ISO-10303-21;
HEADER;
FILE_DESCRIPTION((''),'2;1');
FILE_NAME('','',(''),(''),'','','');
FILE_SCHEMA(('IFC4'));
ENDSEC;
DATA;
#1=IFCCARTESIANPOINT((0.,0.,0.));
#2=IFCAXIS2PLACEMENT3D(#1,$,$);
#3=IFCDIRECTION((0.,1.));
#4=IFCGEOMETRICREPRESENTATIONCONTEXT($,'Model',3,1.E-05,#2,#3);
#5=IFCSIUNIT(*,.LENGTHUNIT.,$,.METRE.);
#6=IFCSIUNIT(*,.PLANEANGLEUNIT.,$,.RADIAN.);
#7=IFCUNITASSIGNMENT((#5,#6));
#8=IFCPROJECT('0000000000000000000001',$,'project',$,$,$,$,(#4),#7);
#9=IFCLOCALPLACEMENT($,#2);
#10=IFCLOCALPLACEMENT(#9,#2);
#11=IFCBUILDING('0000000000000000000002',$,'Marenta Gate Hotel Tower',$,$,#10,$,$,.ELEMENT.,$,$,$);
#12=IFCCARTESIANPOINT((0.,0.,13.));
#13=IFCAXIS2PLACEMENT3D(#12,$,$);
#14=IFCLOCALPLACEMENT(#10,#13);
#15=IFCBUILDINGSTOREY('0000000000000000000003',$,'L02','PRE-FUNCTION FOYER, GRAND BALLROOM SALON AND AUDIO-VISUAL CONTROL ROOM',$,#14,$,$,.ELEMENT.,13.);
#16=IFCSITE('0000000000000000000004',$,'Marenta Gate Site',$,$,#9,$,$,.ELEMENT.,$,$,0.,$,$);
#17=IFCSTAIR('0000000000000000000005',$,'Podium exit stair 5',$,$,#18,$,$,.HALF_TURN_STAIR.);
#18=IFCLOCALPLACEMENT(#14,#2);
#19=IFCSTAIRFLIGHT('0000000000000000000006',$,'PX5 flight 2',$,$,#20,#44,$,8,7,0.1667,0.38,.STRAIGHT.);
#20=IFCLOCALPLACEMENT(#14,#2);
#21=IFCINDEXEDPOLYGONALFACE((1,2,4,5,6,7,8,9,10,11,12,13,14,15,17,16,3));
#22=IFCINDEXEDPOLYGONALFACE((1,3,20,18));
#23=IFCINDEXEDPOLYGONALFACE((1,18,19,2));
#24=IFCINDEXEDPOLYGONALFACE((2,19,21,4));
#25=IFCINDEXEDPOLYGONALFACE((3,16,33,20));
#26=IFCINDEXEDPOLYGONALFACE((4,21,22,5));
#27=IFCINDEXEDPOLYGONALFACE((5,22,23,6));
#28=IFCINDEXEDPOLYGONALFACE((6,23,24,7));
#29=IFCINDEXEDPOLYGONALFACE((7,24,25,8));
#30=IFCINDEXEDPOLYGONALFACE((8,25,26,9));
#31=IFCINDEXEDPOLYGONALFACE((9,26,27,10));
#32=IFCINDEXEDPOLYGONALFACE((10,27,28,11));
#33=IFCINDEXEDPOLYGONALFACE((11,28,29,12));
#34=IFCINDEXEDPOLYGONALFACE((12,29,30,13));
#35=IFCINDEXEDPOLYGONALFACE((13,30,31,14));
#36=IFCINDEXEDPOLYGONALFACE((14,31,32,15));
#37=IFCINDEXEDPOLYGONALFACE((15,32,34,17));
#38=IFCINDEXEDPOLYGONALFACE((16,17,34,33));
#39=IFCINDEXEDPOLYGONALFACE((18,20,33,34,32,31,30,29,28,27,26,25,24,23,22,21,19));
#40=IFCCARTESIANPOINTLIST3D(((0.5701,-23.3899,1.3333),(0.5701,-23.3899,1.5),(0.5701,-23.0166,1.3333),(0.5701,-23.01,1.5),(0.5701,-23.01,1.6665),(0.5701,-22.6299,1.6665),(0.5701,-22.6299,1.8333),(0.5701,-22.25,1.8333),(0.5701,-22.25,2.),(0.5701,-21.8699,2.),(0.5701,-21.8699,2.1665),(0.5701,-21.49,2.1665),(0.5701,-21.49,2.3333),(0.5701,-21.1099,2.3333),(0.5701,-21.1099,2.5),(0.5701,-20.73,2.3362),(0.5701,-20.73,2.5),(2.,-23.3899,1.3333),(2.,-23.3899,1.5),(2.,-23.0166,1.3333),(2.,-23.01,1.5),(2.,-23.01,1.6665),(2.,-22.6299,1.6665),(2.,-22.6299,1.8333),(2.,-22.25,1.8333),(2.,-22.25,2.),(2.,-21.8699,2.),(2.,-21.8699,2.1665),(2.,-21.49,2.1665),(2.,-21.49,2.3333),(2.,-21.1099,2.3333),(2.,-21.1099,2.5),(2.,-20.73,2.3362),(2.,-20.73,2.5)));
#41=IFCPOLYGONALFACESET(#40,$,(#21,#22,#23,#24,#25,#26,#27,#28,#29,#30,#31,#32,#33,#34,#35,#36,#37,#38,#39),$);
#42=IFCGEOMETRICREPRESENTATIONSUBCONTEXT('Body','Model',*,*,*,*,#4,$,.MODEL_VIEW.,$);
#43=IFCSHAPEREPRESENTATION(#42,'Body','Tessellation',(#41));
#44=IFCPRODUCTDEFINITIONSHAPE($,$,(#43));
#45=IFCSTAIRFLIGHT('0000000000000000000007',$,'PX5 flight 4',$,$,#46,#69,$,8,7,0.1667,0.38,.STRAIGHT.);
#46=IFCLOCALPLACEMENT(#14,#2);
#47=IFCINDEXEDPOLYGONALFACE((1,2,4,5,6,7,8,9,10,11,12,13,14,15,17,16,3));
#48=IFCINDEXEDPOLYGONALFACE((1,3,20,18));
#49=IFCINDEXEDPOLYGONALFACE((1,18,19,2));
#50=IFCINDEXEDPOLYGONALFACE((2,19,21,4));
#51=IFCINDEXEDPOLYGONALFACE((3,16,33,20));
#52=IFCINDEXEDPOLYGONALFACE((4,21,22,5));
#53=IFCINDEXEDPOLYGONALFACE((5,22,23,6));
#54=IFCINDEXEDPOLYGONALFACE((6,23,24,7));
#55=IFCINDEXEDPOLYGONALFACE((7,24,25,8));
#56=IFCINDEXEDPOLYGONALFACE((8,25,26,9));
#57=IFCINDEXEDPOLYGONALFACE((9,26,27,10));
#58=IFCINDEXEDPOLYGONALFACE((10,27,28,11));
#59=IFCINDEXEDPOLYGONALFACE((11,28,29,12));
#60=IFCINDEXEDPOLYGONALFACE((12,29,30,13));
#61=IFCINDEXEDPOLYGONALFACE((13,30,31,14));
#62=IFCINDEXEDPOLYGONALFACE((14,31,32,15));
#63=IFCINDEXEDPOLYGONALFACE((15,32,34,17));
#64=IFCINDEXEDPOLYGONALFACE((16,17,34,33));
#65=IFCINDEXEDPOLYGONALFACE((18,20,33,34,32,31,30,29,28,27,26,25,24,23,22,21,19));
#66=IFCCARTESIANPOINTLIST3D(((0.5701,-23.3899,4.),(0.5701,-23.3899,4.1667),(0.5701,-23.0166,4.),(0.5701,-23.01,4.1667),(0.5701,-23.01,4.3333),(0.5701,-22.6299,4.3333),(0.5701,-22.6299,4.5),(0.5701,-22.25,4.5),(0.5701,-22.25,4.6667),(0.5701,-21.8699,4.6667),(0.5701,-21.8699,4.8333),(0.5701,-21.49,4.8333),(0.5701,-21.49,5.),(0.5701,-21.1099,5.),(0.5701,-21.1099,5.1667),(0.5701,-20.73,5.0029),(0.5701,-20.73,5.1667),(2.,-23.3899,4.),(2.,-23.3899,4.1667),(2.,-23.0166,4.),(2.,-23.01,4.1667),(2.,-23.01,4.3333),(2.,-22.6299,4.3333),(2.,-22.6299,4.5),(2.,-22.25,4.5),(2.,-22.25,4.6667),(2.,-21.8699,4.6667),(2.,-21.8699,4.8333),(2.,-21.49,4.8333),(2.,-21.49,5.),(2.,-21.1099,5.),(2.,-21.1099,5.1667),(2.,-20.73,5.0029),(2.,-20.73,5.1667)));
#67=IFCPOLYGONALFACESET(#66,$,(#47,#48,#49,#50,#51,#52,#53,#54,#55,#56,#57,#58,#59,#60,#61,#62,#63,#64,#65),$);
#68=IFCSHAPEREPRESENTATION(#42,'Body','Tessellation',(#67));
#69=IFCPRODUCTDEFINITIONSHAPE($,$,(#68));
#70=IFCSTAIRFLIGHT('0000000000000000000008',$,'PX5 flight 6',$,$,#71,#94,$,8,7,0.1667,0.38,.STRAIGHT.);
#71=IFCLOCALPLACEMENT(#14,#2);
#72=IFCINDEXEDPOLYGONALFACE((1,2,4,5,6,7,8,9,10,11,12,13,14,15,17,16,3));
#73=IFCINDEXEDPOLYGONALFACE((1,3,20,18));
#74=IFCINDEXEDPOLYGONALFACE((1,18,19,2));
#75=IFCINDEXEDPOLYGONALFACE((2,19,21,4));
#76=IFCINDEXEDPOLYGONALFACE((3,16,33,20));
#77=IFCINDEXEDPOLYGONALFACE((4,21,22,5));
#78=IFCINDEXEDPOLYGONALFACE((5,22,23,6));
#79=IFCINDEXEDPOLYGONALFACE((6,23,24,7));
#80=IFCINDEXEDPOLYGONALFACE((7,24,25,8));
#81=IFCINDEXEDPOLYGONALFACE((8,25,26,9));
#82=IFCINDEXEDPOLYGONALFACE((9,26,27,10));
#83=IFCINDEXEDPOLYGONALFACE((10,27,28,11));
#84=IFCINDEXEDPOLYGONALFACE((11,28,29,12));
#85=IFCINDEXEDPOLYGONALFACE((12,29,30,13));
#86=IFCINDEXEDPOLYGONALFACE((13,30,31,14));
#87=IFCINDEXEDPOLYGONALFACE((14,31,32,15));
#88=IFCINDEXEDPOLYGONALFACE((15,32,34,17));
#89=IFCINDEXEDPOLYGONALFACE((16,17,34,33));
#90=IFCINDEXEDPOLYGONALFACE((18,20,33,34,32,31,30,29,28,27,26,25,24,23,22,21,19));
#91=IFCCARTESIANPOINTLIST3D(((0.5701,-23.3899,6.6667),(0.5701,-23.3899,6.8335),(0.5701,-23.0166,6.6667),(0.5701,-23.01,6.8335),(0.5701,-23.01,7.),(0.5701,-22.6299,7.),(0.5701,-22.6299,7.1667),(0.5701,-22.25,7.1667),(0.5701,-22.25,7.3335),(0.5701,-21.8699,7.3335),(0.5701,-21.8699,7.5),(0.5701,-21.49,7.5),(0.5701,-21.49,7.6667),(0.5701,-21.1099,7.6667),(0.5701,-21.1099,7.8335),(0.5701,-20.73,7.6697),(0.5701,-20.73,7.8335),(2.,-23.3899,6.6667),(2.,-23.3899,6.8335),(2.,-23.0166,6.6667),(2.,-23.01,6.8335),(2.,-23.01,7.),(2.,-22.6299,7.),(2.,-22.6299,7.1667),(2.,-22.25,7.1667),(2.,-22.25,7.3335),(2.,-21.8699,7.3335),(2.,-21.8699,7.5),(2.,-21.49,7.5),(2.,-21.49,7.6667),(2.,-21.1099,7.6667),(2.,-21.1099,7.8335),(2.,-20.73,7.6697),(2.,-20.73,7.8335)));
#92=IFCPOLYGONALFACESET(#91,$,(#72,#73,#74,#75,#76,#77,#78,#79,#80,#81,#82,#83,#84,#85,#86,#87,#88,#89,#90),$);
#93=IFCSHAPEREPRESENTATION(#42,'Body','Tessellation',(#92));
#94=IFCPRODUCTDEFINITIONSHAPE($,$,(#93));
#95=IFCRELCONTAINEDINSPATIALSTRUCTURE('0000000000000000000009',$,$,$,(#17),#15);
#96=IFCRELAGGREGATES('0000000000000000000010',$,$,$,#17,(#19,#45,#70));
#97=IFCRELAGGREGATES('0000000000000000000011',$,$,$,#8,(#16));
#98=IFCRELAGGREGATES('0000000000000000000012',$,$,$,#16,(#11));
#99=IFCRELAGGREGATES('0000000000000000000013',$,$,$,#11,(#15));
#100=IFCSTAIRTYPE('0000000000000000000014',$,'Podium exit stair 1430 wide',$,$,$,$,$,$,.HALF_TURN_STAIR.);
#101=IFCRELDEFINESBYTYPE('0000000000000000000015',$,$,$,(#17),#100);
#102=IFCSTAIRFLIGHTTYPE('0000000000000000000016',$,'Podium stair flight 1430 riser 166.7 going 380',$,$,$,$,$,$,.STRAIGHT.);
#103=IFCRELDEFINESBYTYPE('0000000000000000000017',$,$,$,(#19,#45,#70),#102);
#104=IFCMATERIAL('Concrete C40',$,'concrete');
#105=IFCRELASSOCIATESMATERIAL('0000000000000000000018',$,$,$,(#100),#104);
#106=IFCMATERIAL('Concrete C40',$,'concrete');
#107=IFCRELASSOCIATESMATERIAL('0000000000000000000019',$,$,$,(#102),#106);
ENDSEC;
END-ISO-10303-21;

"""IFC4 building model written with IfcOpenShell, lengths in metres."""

from ifc_helpers import new_model, si_unit, direction, frame, origin, place, context, subcontext, project, spatial, polyline, outline, extrude, material, type_object, element, aggregate, save


model = new_model("IFC4")

# Units and contexts
model_context = context("Model", 3, precision=1e-05, world=origin(), true_north=direction((0.0, 1.0)))
body_context = subcontext(model_context, "Body", "Model", "MODEL_VIEW")
ifc_project = project(units=[si_unit("LENGTHUNIT", "METRE"), si_unit("PLANEANGLEUNIT", "RADIAN")], contexts=[model_context])

# Site, building, storey
site_placement = place(None, origin())
site = spatial("IfcSite", under=ifc_project, at=site_placement, Name="Marenta Gate Site", CompositionType="ELEMENT", RefElevation=0.0)
building_placement = place(site_placement, origin())
building = spatial("IfcBuilding", under=site, at=building_placement, Name="Marenta Gate Hotel Tower", CompositionType="ELEMENT")
storey_placement = place(building_placement, frame((0.0, 0.0, 13.0)))
storey = spatial("IfcBuildingStorey", under=building, at=storey_placement, Name="L02", Description="PRE-FUNCTION FOYER, GRAND BALLROOM SALON AND AUDIO-VISUAL CONTROL ROOM", CompositionType="ELEMENT", Elevation=13.0)

# Stair, stair flights
ifc_material_1 = material(Name="Concrete C40", Category="concrete")
stair_type_1 = type_object("IfcStairType", Name="Podium exit stair 1430 wide", PredefinedType="HALF_TURN_STAIR", material=ifc_material_1)
stair_1_placement = place(storey_placement, origin())
stair_1 = element("IfcStair", 1, at=stair_1_placement, inside=storey, type_object=stair_type_1, Name="Podium exit stair 5", PredefinedType="HALF_TURN_STAIR")
ifc_material_2 = material(Name="Concrete C40", Category="concrete")
stair_flight_type = type_object("IfcStairFlightType", Name="Podium stair flight 1430 riser 166.7 going 380", PredefinedType="STRAIGHT", material=ifc_material_2)
stair_flight_1_placement = place(storey_placement, frame((1.2849, -23.3899, 1.3333), z_axis=(0.0, 0.0, 1.0), x_axis=(0.0, 1.0, 0.0)))
stair_flight_1 = element("IfcStairFlight", 2, at=stair_flight_1_placement, type_object=stair_flight_type, Name="PX5 flight 2", NumberOfRisers=8, NumberOfTreads=7, PredefinedType="STRAIGHT", RiserHeight=0.1667, TreadLength=0.38, context=body_context, shape_type="SweptSolid", body=[
    extrude(outline(polyline([(0.0, 0.0), (0.0, 0.1667), (0.3799, 0.1667), (0.3799, 0.3333), (0.76, 0.3333), (0.76, 0.5), (1.1399, 0.5), (1.1399, 0.6667), (1.52, 0.6667), (1.52, 0.8333), (1.8999, 0.8333), (1.8999, 1.0), (2.28, 1.0), (2.28, 1.1667), (2.6599, 1.1667), (2.6599, 1.3333), (2.6599, 1.0029), (0.3733, 0.0), (0.0, 0.0)])), frame((0.0, 0.7148, 0.0), z_axis=(0.0, -1.0, 0.0), x_axis=(1.0, 0.0, 0.0)), (0.0, 0.0, 1.0), 1.4299),
])
stair_flight_2_placement = place(storey_placement, frame((1.2849, -23.3899, 4.0), z_axis=(0.0, 0.0, 1.0), x_axis=(0.0, 1.0, 0.0)))
stair_flight_2 = element("IfcStairFlight", 3, at=stair_flight_2_placement, type_object=stair_flight_type, Name="PX5 flight 4", NumberOfRisers=8, NumberOfTreads=7, PredefinedType="STRAIGHT", RiserHeight=0.1667, TreadLength=0.38, context=body_context, shape_type="SweptSolid", body=[
    extrude(outline(polyline([(0.0, 0.0), (0.0, 0.1667), (0.3799, 0.1667), (0.3799, 0.3333), (0.76, 0.3333), (0.76, 0.5), (1.1399, 0.5), (1.1399, 0.6667), (1.52, 0.6667), (1.52, 0.8333), (1.8999, 0.8333), (1.8999, 1.0), (2.28, 1.0), (2.28, 1.1667), (2.6599, 1.1667), (2.6599, 1.3333), (2.6599, 1.0029), (0.3733, 0.0), (0.0, 0.0)])), frame((0.0, 0.7148, 0.0), z_axis=(0.0, -1.0, 0.0), x_axis=(1.0, 0.0, 0.0)), (0.0, 0.0, 1.0), 1.4299),
])
stair_flight_3_placement = place(storey_placement, frame((1.2849, -23.3899, 6.6667), z_axis=(0.0, 0.0, 1.0), x_axis=(0.0, 1.0, 0.0)))
stair_flight_3 = element("IfcStairFlight", 4, at=stair_flight_3_placement, type_object=stair_flight_type, Name="PX5 flight 6", NumberOfRisers=8, NumberOfTreads=7, PredefinedType="STRAIGHT", RiserHeight=0.1667, TreadLength=0.38, context=body_context, shape_type="SweptSolid", body=[
    extrude(outline(polyline([(0.0, 0.0), (0.0, 0.1667), (0.3799, 0.1667), (0.3799, 0.3333), (0.76, 0.3333), (0.76, 0.5), (1.1399, 0.5), (1.1399, 0.6667), (1.52, 0.6667), (1.52, 0.8333), (1.8999, 0.8333), (1.8999, 1.0), (2.28, 1.0), (2.28, 1.1667), (2.6599, 1.1667), (2.6599, 1.3333), (2.6599, 1.0029), (0.3733, 0.0), (0.0, 0.0)])), frame((0.0, 0.7148, 0.0), z_axis=(0.0, -1.0, 0.0), x_axis=(1.0, 0.0, 0.0)), (0.0, 0.0, 1.0), 1.4299),
])
aggregate(stair_1, [stair_flight_1, stair_flight_2, stair_flight_3])

save(model, "model.ifc")
